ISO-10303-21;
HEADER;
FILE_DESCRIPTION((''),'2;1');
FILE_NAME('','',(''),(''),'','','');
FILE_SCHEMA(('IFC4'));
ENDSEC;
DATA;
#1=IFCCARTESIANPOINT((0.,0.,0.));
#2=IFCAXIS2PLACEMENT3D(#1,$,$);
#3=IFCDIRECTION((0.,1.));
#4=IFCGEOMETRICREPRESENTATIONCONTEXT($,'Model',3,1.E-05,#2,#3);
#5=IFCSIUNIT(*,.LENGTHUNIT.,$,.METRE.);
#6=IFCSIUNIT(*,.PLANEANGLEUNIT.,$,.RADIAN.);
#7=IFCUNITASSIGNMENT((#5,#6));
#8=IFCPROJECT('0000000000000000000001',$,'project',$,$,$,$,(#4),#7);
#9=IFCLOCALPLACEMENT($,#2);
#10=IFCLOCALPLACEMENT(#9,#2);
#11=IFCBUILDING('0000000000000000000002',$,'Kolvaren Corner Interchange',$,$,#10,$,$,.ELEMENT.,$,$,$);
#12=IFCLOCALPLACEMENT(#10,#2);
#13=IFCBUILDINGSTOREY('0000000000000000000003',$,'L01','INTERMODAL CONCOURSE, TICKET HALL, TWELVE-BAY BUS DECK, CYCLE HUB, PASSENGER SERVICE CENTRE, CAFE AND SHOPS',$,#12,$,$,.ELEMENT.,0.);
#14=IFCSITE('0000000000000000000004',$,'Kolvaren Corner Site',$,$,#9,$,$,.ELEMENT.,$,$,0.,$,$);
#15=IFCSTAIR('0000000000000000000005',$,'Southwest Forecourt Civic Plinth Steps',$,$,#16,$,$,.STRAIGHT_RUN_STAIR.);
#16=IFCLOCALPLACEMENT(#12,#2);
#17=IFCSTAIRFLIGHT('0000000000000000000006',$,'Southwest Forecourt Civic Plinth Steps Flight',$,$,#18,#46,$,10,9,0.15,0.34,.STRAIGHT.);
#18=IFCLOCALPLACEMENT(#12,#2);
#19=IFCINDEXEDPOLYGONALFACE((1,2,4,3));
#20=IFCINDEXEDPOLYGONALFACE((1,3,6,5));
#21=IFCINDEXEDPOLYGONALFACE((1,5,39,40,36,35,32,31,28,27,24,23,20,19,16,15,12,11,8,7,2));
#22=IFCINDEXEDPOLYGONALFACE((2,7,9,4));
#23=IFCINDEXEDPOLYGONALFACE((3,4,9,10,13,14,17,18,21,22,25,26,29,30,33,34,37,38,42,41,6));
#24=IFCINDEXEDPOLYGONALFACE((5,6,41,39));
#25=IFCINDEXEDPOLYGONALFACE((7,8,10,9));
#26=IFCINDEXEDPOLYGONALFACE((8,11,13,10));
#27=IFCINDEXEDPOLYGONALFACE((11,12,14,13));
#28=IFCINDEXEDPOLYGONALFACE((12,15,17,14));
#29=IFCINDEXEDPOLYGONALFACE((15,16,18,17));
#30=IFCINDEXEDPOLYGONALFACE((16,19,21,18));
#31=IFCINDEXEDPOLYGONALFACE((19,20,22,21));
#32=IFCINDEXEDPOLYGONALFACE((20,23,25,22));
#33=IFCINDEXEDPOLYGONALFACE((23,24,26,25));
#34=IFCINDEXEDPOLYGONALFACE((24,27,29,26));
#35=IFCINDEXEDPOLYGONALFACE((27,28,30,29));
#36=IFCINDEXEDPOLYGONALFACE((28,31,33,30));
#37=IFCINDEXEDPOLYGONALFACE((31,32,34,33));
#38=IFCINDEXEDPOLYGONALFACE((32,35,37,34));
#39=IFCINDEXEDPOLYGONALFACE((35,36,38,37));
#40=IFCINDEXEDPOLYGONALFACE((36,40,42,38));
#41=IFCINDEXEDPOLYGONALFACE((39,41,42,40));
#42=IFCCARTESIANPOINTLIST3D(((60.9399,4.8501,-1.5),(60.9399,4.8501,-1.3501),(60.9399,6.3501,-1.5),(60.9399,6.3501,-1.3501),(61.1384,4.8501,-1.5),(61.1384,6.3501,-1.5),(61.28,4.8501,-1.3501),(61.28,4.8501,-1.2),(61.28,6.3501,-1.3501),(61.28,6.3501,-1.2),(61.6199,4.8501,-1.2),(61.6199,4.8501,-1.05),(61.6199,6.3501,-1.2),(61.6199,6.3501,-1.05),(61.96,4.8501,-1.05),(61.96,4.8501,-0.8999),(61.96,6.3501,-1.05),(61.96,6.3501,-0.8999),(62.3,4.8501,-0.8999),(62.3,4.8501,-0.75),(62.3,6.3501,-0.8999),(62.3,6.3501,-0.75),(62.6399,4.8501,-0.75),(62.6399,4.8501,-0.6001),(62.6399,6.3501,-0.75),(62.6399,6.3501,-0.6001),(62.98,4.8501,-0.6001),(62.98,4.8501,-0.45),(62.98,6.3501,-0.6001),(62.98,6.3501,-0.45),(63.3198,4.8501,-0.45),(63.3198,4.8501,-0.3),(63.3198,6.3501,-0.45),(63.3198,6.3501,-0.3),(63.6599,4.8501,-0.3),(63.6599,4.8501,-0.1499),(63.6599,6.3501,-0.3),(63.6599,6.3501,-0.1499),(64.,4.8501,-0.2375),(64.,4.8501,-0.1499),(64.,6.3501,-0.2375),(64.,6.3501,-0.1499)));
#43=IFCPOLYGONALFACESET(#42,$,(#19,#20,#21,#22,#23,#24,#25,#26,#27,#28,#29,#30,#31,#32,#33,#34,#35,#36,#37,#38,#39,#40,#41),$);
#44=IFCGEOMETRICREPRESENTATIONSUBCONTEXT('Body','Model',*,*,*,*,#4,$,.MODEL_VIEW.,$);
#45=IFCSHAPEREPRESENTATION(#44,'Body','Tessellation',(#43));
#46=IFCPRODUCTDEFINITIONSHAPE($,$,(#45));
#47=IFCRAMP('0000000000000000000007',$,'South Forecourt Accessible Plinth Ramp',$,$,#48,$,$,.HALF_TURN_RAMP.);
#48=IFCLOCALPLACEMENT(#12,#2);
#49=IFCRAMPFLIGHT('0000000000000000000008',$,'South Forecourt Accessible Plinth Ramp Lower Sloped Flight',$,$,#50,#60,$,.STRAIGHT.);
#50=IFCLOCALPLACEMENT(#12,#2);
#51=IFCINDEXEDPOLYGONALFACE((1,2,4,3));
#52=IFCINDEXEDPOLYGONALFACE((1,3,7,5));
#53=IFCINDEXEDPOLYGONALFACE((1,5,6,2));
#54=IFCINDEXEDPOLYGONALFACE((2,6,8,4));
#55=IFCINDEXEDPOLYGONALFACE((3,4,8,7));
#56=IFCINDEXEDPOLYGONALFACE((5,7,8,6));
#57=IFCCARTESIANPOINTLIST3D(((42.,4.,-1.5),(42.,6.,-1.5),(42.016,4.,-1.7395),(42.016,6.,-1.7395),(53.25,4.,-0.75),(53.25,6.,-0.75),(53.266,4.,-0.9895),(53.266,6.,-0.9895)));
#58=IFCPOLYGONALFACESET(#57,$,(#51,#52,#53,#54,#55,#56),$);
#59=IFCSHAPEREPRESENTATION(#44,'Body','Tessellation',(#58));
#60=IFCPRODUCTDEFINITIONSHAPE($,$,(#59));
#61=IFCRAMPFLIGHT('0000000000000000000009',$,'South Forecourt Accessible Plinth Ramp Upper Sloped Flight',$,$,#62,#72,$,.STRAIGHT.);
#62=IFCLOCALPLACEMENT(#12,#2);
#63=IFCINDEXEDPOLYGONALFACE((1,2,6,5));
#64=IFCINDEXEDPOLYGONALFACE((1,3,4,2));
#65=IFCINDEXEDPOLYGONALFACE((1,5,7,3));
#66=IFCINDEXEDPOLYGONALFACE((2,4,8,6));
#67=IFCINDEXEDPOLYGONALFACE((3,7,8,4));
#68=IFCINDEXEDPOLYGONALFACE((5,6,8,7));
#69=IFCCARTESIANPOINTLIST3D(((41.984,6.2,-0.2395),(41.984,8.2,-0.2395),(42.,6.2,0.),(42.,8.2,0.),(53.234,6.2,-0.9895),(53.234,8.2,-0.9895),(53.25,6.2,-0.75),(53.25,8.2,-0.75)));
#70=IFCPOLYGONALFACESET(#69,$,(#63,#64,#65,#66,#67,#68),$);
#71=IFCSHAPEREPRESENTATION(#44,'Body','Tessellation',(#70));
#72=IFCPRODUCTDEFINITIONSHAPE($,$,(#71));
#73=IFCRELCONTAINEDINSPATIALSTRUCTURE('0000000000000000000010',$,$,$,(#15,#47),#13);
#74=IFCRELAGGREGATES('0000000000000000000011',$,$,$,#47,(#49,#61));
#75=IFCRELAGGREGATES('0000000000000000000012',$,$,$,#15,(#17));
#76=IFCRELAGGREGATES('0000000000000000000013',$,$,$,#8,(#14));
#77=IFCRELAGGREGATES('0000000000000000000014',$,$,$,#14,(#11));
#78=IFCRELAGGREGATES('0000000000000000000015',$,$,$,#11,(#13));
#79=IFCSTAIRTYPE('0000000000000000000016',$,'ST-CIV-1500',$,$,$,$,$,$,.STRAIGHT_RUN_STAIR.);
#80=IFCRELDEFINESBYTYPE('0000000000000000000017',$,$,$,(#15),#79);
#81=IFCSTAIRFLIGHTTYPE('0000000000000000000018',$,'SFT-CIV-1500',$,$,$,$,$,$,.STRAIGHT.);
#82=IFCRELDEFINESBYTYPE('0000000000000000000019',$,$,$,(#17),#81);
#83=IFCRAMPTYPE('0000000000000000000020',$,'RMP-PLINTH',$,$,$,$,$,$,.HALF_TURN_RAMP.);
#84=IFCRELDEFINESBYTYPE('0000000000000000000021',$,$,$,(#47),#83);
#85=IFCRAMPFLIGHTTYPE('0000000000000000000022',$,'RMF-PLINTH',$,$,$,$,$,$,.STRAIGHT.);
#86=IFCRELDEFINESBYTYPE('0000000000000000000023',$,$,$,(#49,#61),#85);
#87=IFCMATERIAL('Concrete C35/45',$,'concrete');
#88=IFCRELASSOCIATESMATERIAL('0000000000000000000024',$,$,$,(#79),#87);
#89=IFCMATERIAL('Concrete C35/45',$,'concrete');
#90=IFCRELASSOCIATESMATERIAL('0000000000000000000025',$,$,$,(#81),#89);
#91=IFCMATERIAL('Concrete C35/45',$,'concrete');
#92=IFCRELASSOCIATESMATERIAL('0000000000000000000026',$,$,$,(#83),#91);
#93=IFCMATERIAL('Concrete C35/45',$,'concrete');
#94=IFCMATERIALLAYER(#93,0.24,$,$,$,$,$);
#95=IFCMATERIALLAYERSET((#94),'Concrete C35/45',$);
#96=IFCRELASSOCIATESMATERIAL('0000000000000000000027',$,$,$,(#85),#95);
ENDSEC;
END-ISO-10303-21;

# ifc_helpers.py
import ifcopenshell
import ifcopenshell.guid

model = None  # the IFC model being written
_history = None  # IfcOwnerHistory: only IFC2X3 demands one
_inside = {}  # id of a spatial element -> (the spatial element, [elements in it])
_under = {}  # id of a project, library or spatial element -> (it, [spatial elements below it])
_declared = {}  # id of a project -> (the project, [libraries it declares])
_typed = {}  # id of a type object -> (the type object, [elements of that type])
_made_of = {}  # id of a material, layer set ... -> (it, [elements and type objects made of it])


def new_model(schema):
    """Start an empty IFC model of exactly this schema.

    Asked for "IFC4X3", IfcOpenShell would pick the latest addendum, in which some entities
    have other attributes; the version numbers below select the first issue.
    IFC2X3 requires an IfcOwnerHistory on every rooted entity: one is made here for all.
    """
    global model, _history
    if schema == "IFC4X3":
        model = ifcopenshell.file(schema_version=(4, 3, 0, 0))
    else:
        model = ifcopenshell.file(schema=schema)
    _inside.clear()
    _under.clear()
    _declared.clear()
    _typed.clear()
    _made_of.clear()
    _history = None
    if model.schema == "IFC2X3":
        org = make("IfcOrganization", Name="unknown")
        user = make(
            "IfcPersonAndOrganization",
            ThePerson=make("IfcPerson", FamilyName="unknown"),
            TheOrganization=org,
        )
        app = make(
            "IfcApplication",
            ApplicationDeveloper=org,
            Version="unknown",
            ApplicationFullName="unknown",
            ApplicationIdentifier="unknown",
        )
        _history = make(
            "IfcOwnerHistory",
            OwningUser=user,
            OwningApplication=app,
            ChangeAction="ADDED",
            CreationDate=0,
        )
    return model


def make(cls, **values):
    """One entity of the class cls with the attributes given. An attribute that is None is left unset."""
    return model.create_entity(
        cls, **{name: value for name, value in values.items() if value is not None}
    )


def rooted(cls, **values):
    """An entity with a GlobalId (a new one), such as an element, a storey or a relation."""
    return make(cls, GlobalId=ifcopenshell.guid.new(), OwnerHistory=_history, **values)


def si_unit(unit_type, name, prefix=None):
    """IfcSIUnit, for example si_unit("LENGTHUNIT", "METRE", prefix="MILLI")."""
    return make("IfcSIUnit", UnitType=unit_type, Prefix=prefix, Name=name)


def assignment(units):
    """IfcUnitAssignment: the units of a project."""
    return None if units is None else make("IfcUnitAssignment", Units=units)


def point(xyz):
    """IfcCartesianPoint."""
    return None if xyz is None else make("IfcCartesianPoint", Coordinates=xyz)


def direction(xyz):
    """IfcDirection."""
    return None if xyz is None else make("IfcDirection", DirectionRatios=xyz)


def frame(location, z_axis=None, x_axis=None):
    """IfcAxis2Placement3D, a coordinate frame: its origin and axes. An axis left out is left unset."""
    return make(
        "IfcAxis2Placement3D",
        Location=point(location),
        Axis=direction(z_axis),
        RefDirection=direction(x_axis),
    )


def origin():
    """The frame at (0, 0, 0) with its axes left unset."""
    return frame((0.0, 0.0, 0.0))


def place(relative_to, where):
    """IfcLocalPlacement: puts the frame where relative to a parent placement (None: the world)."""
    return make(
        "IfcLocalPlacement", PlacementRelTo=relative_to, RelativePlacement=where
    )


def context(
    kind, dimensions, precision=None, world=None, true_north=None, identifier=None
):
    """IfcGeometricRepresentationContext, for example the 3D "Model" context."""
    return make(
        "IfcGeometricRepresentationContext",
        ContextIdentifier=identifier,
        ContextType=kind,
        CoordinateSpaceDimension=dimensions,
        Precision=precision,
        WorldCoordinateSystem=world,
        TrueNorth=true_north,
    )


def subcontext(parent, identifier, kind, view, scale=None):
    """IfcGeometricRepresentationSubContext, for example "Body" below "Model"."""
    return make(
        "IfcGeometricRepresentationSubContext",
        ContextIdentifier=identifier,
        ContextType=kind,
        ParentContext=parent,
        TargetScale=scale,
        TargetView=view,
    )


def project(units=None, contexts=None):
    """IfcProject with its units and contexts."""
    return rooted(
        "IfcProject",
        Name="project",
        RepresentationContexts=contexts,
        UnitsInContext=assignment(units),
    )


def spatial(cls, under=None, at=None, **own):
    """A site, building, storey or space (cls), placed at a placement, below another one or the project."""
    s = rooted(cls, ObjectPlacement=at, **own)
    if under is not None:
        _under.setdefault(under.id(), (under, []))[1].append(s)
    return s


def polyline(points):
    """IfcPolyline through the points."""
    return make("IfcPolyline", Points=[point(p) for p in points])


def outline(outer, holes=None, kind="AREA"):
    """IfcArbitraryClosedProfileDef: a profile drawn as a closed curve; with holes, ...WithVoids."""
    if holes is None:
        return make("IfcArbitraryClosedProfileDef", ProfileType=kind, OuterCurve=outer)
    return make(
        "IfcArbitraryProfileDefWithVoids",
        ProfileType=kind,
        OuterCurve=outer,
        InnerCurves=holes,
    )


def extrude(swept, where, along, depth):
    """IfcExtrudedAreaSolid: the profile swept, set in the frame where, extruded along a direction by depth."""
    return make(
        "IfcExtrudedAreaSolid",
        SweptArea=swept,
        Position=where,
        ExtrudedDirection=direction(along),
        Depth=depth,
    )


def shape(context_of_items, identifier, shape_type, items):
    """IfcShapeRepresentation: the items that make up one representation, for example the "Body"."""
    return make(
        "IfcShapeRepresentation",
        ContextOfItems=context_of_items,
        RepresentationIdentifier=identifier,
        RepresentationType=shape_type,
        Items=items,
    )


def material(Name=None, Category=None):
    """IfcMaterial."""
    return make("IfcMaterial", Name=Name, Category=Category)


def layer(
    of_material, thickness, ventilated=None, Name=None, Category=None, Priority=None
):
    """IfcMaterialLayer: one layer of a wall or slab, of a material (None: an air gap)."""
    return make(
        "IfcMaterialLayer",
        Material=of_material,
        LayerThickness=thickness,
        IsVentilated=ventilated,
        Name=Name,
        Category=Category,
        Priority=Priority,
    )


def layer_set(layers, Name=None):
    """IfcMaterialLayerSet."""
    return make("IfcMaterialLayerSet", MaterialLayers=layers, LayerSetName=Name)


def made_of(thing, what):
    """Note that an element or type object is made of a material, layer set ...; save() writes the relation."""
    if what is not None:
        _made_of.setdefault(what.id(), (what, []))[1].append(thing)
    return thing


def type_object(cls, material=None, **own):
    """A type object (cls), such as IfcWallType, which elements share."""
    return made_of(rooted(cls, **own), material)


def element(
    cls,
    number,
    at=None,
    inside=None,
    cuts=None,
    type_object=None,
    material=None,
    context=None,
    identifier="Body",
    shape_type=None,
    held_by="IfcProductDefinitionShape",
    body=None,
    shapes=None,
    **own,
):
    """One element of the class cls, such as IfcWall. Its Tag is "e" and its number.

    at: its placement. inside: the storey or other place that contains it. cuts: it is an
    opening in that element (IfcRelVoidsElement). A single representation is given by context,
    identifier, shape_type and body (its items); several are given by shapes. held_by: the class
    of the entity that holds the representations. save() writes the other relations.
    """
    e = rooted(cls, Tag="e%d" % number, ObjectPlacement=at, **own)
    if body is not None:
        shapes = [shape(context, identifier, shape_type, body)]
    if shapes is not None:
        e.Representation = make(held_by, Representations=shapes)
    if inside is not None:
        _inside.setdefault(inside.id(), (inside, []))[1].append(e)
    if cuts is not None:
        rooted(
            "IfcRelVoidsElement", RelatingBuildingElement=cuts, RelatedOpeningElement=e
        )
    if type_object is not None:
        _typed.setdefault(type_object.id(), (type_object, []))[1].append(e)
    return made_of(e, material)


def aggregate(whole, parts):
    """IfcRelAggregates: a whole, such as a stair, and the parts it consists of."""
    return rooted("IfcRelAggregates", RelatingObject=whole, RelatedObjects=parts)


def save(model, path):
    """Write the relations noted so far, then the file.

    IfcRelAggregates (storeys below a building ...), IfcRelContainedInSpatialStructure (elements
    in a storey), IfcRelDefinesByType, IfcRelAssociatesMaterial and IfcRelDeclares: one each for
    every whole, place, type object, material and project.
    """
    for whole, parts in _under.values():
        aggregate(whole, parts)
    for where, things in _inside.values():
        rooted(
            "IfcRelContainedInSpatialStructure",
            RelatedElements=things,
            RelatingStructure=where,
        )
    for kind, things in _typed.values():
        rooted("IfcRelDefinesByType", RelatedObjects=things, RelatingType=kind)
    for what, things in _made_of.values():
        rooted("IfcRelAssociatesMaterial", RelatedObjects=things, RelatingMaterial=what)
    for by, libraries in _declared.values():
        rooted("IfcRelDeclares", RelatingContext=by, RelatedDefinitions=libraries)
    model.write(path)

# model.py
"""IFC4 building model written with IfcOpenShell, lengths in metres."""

from ifc_helpers import new_model, si_unit, direction, frame, origin, place, context, subcontext, project, spatial, polyline, outline, extrude, material, layer, layer_set, type_object, element, aggregate, save


model = new_model("IFC4")

# Units and contexts
model_context = context("Model", 3, precision=1e-05, world=origin(), true_north=direction((0.0, 1.0)))
body_context = subcontext(model_context, "Body", "Model", "MODEL_VIEW")
ifc_project = project(units=[si_unit("LENGTHUNIT", "METRE"), si_unit("PLANEANGLEUNIT", "RADIAN")], contexts=[model_context])

# Site, building, storey
site_placement = place(None, origin())
site = spatial("IfcSite", under=ifc_project, at=site_placement, Name="Kolvaren Corner Site", CompositionType="ELEMENT", RefElevation=0.0)
building_placement = place(site_placement, origin())
building = spatial("IfcBuilding", under=site, at=building_placement, Name="Kolvaren Corner Interchange", CompositionType="ELEMENT")
storey_placement = place(building_placement, origin())
storey = spatial("IfcBuildingStorey", under=building, at=storey_placement, Name="L01", Description="INTERMODAL CONCOURSE, TICKET HALL, TWELVE-BAY BUS DECK, CYCLE HUB, PASSENGER SERVICE CENTRE, CAFE AND SHOPS", CompositionType="ELEMENT", Elevation=0.0)

# Stair, stair flight
ifc_material_1 = material(Name="Concrete C35/45", Category="concrete")
stair_type = type_object("IfcStairType", Name="ST-CIV-1500", PredefinedType="STRAIGHT_RUN_STAIR", material=ifc_material_1)
stair_placement = place(storey_placement, origin())
stair = element("IfcStair", 1, at=stair_placement, inside=storey, type_object=stair_type, Name="Southwest Forecourt Civic Plinth Steps", PredefinedType="STRAIGHT_RUN_STAIR")
ifc_material_2 = material(Name="Concrete C35/45", Category="concrete")
stair_flight_type = type_object("IfcStairFlightType", Name="SFT-CIV-1500", PredefinedType="STRAIGHT", material=ifc_material_2)
stair_flight_placement = place(storey_placement, frame((60.9399, 5.6001, -1.5), z_axis=(0.0, 0.0, 1.0), x_axis=(1.0, 0.0, 0.0)))
stair_flight = element("IfcStairFlight", 2, at=stair_flight_placement, type_object=stair_flight_type, Name="Southwest Forecourt Civic Plinth Steps Flight", NumberOfRisers=10, NumberOfTreads=9, PredefinedType="STRAIGHT", RiserHeight=0.15, TreadLength=0.34, context=body_context, shape_type="SweptSolid", body=[
    extrude(outline(polyline([(0.0, 0.0), (0.0, 0.1499), (0.3401, 0.1499), (0.3401, 0.3), (0.6799, 0.3), (0.6799, 0.45), (1.02, 0.45), (1.02, 0.6001), (1.3601, 0.6001), (1.3601, 0.75), (1.7, 0.75), (1.7, 0.8999), (2.04, 0.8999), (2.04, 1.05), (2.3799, 1.05), (2.3799, 1.2), (2.72, 1.2), (2.72, 1.3501), (3.0601, 1.3501), (3.0601, 1.5), (3.0601, 1.2625), (0.1985, 0.0), (0.0, 0.0)])), frame((0.0, 0.75, 0.0), z_axis=(0.0, -1.0, 0.0), x_axis=(1.0, 0.0, 0.0)), (0.0, 0.0, 1.0), 1.5),
])

# Ramp, ramp flights
ifc_material_3 = material(Name="Concrete C35/45", Category="concrete")
ramp_type = type_object("IfcRampType", Name="RMP-PLINTH", PredefinedType="HALF_TURN_RAMP", material=ifc_material_3)
ramp_placement = place(storey_placement, origin())
ramp = element("IfcRamp", 3, at=ramp_placement, inside=storey, type_object=ramp_type, Name="South Forecourt Accessible Plinth Ramp", PredefinedType="HALF_TURN_RAMP")
ifc_material_4 = material(Name="Concrete C35/45", Category="concrete")
ifc_layer_1 = layer(ifc_material_4, 0.24)
ifc_layer_set_1 = layer_set([ifc_layer_1], Name="Concrete C35/45")
ramp_flight_type = type_object("IfcRampFlightType", Name="RMF-PLINTH", PredefinedType="STRAIGHT", material=ifc_layer_set_1)
ramp_flight_1_placement = place(storey_placement, frame((42.0, 4.0, -1.5), z_axis=(-0.066519, 0.0, 0.997785), x_axis=(0.997785, 0.0, 0.066519)))
ramp_flight_1 = element("IfcRampFlight", 4, at=ramp_flight_1_placement, type_object=ramp_flight_type, Name="South Forecourt Accessible Plinth Ramp Lower Sloped Flight", PredefinedType="STRAIGHT", context=body_context, shape_type="SweptSolid", body=[
    extrude(outline(polyline([(0.0, 0.0), (11.275, 0.0), (11.275, 2.0), (0.0, 2.0), (0.0, 0.0)])), origin(), (0.0, 0.0, -1.0), 0.24),
])
ramp_flight_2_placement = place(storey_placement, frame((53.25, 6.2, -0.75), z_axis=(0.066519, 0.0, 0.997785), x_axis=(-0.997785, 0.0, 0.066519)))
ramp_flight_2 = element("IfcRampFlight", 5, at=ramp_flight_2_placement, type_object=ramp_flight_type, Name="South Forecourt Accessible Plinth Ramp Upper Sloped Flight", PredefinedType="STRAIGHT", context=body_context, shape_type="SweptSolid", body=[
    extrude(outline(polyline([(0.0, 0.0), (11.275, 0.0), (11.275, -2.0), (0.0, -2.0), (0.0, 0.0)])), origin(), (0.0, 0.0, -1.0), 0.24),
])
aggregate(ramp, [ramp_flight_1, ramp_flight_2])

aggregate(stair, [stair_flight])

save(model, "model.ifc")
